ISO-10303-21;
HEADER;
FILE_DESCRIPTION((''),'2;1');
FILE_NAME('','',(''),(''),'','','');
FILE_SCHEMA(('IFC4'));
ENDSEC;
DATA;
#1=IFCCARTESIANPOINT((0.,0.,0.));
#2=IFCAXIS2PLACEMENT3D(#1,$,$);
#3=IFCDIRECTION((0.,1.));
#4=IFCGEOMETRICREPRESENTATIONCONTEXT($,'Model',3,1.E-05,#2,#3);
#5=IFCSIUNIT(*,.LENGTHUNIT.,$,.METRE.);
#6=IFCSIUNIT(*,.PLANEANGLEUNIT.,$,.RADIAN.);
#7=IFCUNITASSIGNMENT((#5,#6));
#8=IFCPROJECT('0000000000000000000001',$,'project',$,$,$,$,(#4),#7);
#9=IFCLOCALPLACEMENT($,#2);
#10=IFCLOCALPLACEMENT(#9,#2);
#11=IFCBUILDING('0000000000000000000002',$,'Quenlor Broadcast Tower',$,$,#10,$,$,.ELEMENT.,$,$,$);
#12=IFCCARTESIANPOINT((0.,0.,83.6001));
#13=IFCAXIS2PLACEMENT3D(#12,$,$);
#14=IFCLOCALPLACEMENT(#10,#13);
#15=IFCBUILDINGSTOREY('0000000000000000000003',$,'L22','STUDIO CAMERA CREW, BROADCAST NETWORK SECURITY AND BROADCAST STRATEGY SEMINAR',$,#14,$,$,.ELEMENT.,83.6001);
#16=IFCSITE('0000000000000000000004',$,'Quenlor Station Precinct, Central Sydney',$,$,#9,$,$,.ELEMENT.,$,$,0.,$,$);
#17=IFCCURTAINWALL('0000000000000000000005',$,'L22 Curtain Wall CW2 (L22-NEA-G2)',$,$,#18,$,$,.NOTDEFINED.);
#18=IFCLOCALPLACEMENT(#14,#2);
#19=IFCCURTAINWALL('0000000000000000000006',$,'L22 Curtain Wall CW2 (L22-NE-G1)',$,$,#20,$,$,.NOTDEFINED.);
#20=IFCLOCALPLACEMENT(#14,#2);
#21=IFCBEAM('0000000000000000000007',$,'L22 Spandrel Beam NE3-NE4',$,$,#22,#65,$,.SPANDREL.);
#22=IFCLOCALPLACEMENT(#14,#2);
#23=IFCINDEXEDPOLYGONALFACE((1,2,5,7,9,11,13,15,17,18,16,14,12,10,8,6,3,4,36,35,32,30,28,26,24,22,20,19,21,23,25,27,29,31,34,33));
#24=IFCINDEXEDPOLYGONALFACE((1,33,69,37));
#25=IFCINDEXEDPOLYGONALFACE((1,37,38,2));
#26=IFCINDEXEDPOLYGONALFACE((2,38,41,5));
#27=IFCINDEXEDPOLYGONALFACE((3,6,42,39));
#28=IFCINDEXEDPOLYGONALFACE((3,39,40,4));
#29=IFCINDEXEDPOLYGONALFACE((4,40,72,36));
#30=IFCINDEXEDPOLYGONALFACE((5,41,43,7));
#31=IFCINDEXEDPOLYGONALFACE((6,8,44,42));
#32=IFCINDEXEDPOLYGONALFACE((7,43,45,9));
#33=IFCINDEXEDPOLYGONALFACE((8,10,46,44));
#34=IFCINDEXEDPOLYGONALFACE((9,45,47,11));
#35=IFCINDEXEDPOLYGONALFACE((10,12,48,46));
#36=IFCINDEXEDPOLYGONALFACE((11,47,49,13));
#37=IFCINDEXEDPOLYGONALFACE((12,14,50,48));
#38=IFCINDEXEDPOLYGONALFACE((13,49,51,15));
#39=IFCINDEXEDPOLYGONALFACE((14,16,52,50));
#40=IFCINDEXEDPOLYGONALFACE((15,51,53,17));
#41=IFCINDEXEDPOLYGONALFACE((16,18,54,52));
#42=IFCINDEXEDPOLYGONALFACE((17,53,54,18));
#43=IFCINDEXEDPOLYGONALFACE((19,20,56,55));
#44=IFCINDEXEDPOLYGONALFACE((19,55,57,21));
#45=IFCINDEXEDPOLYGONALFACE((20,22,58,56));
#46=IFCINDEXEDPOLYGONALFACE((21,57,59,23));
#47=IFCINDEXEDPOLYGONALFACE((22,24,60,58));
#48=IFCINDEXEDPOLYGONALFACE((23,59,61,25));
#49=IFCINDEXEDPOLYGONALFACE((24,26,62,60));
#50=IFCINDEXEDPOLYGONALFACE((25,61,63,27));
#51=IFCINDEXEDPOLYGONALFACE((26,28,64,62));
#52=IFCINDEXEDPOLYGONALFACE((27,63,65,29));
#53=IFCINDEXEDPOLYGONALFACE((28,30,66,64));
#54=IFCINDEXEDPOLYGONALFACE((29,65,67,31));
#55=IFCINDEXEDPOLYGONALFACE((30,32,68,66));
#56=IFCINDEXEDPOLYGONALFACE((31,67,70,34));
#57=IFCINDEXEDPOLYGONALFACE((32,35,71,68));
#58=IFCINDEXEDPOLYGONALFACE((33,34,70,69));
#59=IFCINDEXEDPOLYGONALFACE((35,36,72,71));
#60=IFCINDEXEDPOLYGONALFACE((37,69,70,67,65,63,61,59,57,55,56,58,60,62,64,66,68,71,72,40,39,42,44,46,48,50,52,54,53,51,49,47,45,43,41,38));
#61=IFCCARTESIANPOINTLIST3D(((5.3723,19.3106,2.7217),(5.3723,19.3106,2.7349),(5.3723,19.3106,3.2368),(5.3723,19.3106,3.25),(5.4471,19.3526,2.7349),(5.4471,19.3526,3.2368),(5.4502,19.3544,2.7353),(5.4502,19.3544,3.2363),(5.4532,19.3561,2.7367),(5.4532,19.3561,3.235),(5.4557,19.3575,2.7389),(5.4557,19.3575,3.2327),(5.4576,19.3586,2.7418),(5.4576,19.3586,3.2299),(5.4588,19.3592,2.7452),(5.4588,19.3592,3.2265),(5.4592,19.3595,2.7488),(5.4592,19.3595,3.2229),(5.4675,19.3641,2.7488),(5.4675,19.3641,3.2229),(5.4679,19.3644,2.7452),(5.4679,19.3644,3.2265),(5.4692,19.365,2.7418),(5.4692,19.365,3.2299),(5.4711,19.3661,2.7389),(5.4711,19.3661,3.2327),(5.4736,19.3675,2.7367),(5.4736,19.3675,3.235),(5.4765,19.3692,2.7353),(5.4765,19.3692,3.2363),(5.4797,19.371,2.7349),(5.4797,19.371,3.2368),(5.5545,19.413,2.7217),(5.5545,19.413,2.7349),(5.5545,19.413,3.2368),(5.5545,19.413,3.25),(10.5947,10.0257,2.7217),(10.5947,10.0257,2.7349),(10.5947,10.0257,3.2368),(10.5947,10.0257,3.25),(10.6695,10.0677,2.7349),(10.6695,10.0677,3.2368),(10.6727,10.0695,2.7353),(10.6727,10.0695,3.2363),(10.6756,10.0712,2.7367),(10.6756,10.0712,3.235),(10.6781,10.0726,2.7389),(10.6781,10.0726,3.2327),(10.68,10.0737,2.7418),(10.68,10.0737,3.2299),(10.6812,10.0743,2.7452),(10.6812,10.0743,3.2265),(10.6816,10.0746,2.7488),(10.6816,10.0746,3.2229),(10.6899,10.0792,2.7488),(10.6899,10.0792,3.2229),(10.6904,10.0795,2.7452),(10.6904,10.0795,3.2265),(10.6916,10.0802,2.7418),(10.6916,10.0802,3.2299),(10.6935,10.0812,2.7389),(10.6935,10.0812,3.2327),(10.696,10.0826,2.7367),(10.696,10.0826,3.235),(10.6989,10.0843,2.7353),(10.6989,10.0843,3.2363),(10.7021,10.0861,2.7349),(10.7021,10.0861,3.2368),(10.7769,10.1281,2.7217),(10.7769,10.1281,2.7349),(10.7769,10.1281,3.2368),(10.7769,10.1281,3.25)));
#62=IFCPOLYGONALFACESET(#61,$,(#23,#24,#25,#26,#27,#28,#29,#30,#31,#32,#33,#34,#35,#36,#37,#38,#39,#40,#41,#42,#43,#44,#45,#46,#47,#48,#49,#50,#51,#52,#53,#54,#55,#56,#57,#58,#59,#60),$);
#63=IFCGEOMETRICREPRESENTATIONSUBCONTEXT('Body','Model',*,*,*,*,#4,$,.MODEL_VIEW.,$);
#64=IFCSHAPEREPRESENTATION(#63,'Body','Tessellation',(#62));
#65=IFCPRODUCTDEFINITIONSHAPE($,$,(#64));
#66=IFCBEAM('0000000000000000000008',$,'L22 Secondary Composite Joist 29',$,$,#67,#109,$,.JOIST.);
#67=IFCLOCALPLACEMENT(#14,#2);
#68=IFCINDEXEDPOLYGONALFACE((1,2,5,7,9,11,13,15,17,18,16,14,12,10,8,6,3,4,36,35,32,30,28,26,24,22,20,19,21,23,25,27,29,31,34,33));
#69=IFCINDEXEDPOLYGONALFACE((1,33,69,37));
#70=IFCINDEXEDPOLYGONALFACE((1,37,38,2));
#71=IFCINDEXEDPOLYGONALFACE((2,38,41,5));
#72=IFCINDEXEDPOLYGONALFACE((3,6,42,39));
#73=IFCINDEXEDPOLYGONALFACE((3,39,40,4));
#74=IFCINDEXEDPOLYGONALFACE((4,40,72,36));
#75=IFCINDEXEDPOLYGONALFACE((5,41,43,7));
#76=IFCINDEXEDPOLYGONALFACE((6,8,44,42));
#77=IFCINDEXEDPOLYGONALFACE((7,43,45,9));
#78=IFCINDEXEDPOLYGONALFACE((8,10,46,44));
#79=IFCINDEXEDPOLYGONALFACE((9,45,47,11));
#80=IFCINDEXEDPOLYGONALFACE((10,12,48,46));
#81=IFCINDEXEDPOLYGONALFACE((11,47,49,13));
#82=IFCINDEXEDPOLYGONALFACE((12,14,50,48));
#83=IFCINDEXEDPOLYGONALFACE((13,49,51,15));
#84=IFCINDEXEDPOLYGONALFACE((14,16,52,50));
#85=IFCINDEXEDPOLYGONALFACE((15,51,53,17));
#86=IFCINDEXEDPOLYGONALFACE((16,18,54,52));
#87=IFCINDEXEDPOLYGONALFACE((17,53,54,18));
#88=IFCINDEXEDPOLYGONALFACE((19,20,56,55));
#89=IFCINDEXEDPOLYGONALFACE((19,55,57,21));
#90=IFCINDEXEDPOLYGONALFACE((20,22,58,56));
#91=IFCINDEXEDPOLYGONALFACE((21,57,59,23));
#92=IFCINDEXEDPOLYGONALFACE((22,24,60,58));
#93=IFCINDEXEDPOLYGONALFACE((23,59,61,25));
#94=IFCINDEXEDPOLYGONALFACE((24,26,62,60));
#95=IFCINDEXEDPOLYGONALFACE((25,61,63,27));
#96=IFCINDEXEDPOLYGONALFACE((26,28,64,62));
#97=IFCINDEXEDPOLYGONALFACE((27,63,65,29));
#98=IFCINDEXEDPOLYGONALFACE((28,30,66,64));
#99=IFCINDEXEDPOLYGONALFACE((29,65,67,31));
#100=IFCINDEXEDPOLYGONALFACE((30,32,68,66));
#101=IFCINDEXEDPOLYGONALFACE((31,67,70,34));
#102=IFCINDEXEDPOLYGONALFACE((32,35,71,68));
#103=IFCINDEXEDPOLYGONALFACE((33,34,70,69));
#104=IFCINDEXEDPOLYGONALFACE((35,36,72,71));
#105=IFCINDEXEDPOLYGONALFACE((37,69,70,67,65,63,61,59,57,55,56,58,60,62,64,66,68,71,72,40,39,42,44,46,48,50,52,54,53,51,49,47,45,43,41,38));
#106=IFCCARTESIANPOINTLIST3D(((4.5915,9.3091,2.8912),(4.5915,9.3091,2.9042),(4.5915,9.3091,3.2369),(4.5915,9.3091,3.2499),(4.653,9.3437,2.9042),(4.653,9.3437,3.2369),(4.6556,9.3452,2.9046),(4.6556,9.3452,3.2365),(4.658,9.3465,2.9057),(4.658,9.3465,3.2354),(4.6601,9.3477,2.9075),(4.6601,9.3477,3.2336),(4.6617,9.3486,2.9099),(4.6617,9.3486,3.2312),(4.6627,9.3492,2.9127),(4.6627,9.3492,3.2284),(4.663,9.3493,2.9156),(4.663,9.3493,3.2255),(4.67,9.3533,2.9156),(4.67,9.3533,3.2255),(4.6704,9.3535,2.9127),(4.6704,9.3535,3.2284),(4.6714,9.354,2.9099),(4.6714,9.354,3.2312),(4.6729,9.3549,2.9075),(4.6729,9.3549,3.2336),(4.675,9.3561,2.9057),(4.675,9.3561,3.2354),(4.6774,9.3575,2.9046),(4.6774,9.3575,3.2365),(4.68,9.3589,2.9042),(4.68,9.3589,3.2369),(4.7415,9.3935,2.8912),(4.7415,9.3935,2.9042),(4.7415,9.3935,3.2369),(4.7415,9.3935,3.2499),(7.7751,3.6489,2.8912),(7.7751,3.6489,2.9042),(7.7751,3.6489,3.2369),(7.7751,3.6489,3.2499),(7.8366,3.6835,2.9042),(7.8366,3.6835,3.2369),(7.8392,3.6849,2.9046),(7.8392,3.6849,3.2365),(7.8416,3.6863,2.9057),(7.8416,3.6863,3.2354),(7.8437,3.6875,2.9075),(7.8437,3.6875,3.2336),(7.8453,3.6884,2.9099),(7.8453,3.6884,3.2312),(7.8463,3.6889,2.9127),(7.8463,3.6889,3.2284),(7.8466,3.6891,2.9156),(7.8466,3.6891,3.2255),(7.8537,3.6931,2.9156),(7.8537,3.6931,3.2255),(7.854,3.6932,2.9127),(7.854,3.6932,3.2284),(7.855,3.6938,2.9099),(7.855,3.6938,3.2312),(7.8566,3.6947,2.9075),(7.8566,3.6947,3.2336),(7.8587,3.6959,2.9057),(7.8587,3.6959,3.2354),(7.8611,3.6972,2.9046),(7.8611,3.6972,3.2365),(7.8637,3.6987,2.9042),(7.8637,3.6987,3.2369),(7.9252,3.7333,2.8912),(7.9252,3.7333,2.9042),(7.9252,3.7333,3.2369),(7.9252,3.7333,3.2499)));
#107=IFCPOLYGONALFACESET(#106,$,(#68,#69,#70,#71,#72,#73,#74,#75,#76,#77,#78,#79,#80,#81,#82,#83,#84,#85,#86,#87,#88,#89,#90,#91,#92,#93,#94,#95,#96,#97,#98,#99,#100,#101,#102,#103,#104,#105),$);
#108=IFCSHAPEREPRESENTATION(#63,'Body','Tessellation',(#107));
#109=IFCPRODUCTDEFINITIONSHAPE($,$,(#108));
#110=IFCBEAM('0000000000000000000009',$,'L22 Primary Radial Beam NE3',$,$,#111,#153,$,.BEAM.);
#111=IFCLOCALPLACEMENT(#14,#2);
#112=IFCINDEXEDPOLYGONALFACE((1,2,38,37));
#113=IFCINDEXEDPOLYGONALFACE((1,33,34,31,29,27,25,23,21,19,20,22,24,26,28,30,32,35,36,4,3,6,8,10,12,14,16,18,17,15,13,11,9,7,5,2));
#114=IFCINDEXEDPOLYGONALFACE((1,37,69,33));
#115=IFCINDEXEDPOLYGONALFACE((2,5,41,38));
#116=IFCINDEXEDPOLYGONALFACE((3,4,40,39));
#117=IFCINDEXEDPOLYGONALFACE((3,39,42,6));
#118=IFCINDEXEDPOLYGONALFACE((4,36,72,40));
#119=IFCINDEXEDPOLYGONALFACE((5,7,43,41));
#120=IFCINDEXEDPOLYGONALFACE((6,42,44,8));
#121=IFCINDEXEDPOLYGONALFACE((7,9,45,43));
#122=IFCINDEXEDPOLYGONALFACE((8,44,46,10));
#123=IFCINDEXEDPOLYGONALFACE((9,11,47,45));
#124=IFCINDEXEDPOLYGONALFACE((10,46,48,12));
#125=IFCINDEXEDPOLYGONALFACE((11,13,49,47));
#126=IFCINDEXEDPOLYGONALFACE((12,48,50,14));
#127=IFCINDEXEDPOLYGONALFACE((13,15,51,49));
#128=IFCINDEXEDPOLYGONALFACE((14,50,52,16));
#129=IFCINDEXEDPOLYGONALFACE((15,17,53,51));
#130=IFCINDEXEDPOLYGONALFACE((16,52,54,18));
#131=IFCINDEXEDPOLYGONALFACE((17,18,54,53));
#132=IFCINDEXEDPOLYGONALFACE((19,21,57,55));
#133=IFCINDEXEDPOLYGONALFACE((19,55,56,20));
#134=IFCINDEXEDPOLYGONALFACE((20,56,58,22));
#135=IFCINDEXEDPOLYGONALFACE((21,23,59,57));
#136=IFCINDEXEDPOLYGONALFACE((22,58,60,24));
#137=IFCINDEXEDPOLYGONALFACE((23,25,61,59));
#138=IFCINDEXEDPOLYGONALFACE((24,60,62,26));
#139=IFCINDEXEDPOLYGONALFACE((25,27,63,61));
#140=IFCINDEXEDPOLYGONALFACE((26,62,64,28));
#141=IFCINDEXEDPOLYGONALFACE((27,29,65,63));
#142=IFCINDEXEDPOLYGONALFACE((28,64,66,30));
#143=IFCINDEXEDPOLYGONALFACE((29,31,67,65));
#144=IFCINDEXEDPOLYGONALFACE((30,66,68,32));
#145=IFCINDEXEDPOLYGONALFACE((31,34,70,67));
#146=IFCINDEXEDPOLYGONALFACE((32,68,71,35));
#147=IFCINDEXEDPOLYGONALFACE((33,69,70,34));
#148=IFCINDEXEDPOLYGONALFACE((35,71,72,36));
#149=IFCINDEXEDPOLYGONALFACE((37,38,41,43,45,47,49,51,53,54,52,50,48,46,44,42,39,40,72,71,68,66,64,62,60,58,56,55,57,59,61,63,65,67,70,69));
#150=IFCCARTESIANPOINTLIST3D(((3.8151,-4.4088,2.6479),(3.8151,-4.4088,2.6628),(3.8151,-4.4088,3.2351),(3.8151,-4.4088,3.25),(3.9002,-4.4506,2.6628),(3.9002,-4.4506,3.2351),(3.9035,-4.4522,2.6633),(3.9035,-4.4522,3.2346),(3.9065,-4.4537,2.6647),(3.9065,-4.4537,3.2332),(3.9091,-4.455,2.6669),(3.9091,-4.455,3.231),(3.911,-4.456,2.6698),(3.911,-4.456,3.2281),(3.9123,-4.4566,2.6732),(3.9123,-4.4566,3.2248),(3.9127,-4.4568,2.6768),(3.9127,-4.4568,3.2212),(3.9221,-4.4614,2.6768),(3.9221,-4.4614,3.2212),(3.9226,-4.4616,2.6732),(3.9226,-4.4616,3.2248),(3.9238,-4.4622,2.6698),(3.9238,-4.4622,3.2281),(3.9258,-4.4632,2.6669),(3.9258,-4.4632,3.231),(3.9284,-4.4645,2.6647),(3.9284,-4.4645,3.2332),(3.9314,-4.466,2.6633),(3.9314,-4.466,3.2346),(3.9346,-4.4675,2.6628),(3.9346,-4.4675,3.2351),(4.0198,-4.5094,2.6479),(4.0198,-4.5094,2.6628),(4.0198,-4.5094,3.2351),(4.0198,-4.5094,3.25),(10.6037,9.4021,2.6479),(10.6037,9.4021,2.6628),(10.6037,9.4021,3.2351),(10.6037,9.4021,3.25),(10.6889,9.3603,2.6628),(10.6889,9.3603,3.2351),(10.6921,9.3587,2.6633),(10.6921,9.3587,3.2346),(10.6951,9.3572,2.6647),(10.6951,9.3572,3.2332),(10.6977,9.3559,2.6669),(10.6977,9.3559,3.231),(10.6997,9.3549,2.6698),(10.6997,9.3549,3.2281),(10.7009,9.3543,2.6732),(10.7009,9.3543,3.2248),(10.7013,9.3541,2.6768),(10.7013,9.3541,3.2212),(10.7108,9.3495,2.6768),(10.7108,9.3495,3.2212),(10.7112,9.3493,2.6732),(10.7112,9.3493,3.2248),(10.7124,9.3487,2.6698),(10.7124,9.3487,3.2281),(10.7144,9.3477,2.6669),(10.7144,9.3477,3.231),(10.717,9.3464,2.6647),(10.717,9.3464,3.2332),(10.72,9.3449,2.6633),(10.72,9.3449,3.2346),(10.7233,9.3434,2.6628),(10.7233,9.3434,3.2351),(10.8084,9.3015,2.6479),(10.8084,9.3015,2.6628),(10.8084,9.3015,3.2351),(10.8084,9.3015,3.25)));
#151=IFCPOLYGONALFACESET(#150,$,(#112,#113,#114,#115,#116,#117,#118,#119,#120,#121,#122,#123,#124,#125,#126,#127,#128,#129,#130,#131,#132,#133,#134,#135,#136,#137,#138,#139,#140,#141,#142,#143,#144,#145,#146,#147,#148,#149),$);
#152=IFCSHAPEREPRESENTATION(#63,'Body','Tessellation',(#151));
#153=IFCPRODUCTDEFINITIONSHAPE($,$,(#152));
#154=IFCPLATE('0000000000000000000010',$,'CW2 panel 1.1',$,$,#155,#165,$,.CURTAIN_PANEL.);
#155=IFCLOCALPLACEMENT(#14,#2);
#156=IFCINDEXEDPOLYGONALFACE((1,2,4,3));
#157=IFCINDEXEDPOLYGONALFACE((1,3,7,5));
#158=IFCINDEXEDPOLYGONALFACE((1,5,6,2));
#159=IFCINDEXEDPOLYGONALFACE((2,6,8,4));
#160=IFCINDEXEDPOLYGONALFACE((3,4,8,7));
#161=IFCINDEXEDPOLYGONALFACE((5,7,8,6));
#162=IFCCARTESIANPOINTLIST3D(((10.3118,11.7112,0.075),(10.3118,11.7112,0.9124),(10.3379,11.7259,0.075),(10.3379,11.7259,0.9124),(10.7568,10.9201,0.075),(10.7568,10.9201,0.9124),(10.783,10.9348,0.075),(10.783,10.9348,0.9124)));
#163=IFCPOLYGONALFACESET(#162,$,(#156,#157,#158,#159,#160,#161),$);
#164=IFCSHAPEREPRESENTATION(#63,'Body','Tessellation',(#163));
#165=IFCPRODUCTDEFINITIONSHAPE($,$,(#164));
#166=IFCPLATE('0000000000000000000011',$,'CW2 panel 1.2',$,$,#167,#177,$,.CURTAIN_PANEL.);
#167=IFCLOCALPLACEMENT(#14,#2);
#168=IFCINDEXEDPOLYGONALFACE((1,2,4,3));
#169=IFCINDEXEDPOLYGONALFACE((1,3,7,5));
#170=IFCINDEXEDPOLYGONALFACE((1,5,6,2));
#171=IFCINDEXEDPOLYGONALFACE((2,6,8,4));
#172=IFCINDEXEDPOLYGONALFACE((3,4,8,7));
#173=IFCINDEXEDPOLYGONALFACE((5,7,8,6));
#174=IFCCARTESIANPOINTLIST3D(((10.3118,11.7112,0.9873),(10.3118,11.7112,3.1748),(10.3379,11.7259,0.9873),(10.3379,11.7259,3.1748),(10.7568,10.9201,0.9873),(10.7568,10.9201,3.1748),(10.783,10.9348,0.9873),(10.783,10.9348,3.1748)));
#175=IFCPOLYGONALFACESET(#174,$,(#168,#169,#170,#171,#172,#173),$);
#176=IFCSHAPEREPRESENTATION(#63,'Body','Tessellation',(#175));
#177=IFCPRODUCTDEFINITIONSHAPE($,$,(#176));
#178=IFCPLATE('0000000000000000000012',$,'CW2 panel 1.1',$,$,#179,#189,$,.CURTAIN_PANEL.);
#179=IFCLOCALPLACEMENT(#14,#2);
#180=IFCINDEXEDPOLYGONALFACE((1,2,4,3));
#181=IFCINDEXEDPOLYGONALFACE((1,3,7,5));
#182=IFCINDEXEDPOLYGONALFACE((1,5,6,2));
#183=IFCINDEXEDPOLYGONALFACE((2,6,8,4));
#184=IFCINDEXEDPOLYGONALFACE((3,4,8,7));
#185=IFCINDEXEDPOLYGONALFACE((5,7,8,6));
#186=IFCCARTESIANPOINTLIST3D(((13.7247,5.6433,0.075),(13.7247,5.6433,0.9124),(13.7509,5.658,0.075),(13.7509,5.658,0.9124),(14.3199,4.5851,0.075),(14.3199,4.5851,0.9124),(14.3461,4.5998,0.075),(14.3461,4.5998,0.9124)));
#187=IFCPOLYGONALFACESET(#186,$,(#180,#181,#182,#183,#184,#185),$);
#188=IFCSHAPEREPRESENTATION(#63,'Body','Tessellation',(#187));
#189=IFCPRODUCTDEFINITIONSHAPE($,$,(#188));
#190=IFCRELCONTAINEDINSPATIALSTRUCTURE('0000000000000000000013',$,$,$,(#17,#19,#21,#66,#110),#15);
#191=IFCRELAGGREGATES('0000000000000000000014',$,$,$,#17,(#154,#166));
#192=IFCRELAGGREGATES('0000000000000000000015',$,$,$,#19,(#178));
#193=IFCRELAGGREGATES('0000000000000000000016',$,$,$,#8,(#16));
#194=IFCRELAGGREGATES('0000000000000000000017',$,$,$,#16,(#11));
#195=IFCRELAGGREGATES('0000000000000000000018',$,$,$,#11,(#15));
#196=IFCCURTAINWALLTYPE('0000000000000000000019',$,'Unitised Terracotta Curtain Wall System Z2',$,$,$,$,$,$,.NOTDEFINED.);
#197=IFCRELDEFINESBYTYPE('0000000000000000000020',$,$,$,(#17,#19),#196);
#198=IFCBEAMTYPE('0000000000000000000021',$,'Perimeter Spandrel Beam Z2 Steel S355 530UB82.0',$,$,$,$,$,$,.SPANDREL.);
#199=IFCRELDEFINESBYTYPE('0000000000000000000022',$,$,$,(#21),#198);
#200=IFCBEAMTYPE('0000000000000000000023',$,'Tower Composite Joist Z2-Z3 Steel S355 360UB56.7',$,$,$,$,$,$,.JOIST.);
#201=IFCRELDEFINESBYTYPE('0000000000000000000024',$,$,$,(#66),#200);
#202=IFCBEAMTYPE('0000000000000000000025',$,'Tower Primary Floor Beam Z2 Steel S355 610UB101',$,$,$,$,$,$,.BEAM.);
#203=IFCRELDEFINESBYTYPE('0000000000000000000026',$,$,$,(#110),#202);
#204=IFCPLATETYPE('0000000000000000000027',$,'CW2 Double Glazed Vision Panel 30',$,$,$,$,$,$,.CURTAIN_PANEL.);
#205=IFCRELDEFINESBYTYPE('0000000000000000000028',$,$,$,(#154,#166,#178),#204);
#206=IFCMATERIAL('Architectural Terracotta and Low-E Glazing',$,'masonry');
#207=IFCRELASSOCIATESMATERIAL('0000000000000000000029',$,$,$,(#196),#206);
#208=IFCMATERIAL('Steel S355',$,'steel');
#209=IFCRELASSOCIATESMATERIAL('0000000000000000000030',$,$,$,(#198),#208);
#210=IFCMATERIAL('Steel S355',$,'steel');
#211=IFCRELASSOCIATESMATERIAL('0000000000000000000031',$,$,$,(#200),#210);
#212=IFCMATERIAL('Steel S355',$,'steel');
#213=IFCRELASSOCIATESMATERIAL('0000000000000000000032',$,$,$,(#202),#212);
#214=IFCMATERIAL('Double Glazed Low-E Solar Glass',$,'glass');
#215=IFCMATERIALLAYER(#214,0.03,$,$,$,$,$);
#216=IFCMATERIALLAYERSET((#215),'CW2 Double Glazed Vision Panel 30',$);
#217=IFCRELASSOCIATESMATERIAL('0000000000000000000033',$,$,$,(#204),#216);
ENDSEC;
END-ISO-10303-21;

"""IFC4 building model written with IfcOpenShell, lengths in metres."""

from ifc_helpers import new_model, si_unit, direction, frame, origin, origin_2d, place, context, subcontext, project, spatial, rectangle, i_section, extrude, material, layer, layer_set, material_profile, profile_set, type_object, element, aggregate, save


model = new_model("IFC4")

# Units and contexts
model_context = context("Model", 3, precision=1e-05, world=origin(), true_north=direction((0.0, 1.0)))
body_context = subcontext(model_context, "Body", "Model", "MODEL_VIEW")
ifc_project = project(units=[si_unit("LENGTHUNIT", "METRE"), si_unit("PLANEANGLEUNIT", "RADIAN")], contexts=[model_context])

# Site, building, storey
site_placement = place(None, origin())
site = spatial("IfcSite", under=ifc_project, at=site_placement, Name="Quenlor Station Precinct, Central Sydney", CompositionType="ELEMENT", RefElevation=0.0)
building_placement = place(site_placement, origin())
building = spatial("IfcBuilding", under=site, at=building_placement, Name="Quenlor Broadcast Tower", CompositionType="ELEMENT")
storey_placement = place(building_placement, frame((0.0, 0.0, 83.6001)))
storey = spatial("IfcBuildingStorey", under=building, at=storey_placement, Name="L22", Description="STUDIO CAMERA CREW, BROADCAST NETWORK SECURITY AND BROADCAST STRATEGY SEMINAR", CompositionType="ELEMENT", Elevation=83.6001)

# Curtain wall
ifc_material_1 = material(Name="Architectural Terracotta and Low-E Glazing", Category="masonry")
curtain_wall_type = type_object("IfcCurtainWallType", Name="Unitised Terracotta Curtain Wall System Z2", PredefinedType="NOTDEFINED", material=ifc_material_1)
curtain_wall_1_placement = place(storey_placement, origin())
curtain_wall_1 = element("IfcCurtainWall", 1, at=curtain_wall_1_placement, inside=storey, type_object=curtain_wall_type, Name="L22 Curtain Wall CW2 (L22-NEA-G2)", PredefinedType="NOTDEFINED")

# Curtain wall
curtain_wall_2_placement = place(storey_placement, origin())
curtain_wall_2 = element("IfcCurtainWall", 2, at=curtain_wall_2_placement, inside=storey, type_object=curtain_wall_type, Name="L22 Curtain Wall CW2 (L22-NE-G1)", PredefinedType="NOTDEFINED")

# Beams
ifc_material_2 = material(Name="Steel S355", Category="steel")
ifc_material_profile_1 = material_profile(ifc_material_2, i_section(OverallWidth=0.209, OverallDepth=0.5283, WebThickness=0.0095, FlangeThickness=0.0132, FilletRadius=0.0139, at=origin_2d()))
ifc_profile_set_1 = profile_set([ifc_material_profile_1], Name="Steel S355 530UB82.0")
beam_type_1 = type_object("IfcBeamType", Name="Perimeter Spandrel Beam Z2 Steel S355 530UB82.0", PredefinedType="SPANDREL", material=ifc_profile_set_1)
beam_1_placement = place(storey_placement, frame((10.6858, 10.0769, 2.9858), z_axis=(-0.490236, 0.87159, 0.0), x_axis=(-0.87159, -0.490236, 0.0)))
element("IfcBeam", 3, at=beam_1_placement, inside=storey, type_object=beam_type_1, Name="L22 Spandrel Beam NE3-NE4", PredefinedType="SPANDREL", context=body_context, shape_type="SweptSolid", body=[
    extrude(i_section(OverallWidth=0.209, OverallDepth=0.5283, WebThickness=0.0095, FlangeThickness=0.0132, FilletRadius=0.0139, at=origin_2d()), origin(), (0.0, 0.0, 1.0), 10.6528),
])
ifc_material_3 = material(Name="Steel S355", Category="steel")
ifc_material_profile_2 = material_profile(ifc_material_3, i_section(OverallWidth=0.1721, OverallDepth=0.3586, WebThickness=0.0081, FlangeThickness=0.0129, FilletRadius=0.0115, at=origin_2d()))
ifc_profile_set_2 = profile_set([ifc_material_profile_2], Name="Steel S355 360UB56.7")
beam_type_2 = type_object("IfcBeamType", Name="Tower Composite Joist Z2-Z3 Steel S355 360UB56.7", PredefinedType="JOIST", material=ifc_profile_set_2)
beam_2_placement = place(storey_placement, frame((4.6665, 9.3513, 3.0706), z_axis=(0.490233, -0.871592, 0.0), x_axis=(0.871592, 0.490233, 0.0)))
element("IfcBeam", 4, at=beam_2_placement, inside=storey, type_object=beam_type_2, Name="L22 Secondary Composite Joist 29", PredefinedType="JOIST", context=body_context, shape_type="SweptSolid", body=[
    extrude(i_section(OverallWidth=0.1721, OverallDepth=0.3586, WebThickness=0.0081, FlangeThickness=0.0129, FilletRadius=0.0115, at=origin_2d()), origin(), (0.0, 0.0, 1.0), 6.4941),
])
ifc_material_4 = material(Name="Steel S355", Category="steel")
ifc_material_profile_3 = material_profile(ifc_material_4, i_section(OverallWidth=0.228, OverallDepth=0.6021, WebThickness=0.0105, FlangeThickness=0.0149, FilletRadius=0.0139, at=origin_2d()))
ifc_profile_set_3 = profile_set([ifc_material_profile_3], Name="Steel S355 610UB101")
beam_type_3 = type_object("IfcBeamType", Name="Tower Primary Floor Beam Z2 Steel S355 610UB101", PredefinedType="BEAM", material=ifc_profile_set_3)
beam_3_placement = place(storey_placement, frame((10.7061, 9.3518, 2.949), z_axis=(-0.44113, -0.897443, 0.0), x_axis=(0.897443, -0.44113, 0.0)))
element("IfcBeam", 5, at=beam_3_placement, inside=storey, type_object=beam_type_3, Name="L22 Primary Radial Beam NE3", PredefinedType="BEAM", context=body_context, shape_type="SweptSolid", body=[
    extrude(i_section(OverallWidth=0.228, OverallDepth=0.6021, WebThickness=0.0105, FlangeThickness=0.0149, FilletRadius=0.0139, at=origin_2d()), origin(), (0.0, 0.0, 1.0), 15.3892),
])

# Plates
ifc_material_5 = material(Name="Double Glazed Low-E Solar Glass", Category="glass")
ifc_layer_1 = layer(ifc_material_5, 0.03)
ifc_layer_set_1 = layer_set([ifc_layer_1], Name="CW2 Double Glazed Vision Panel 30")
plate_type_1 = type_object("IfcPlateType", Name="CW2 Double Glazed Vision Panel 30", PredefinedType="CURTAIN_PANEL", material=ifc_layer_set_1)
plate_1_placement = place(storey_placement, frame((10.5474, 11.323, 0.075), z_axis=(0.0, 0.0, 1.0), x_axis=(0.490252, -0.871581, 0.0)))
plate_1 = element("IfcPlate", 6, at=plate_1_placement, type_object=plate_type_1, Name="CW2 panel 1.1", PredefinedType="CURTAIN_PANEL", context=body_context, shape_type="SweptSolid", body=[
    extrude(rectangle(XDim=0.9077, YDim=0.03, at=origin_2d()), origin(), (0.0, 0.0, 1.0), 0.8374),
])
plate_2_placement = place(storey_placement, frame((10.5474, 11.323, 0.9873), z_axis=(0.0, 0.0, 1.0), x_axis=(0.490252, -0.871581, 0.0)))
plate_2 = element("IfcPlate", 7, at=plate_2_placement, type_object=plate_type_1, Name="CW2 panel 1.2", PredefinedType="CURTAIN_PANEL", context=body_context, shape_type="SweptSolid", body=[
    extrude(rectangle(XDim=0.9077, YDim=0.03, at=origin_2d()), origin(), (0.0, 0.0, 1.0), 2.1875),
])
aggregate(curtain_wall_1, [plate_1, plate_2])
plate_3_placement = place(storey_placement, frame((14.0354, 5.1216, 0.075), z_axis=(0.0, 0.0, 1.0), x_axis=(0.490254, -0.871579, 0.0)))
plate_3 = element("IfcPlate", 8, at=plate_3_placement, type_object=plate_type_1, Name="CW2 panel 1.1", PredefinedType="CURTAIN_PANEL", context=body_context, shape_type="SweptSolid", body=[
    extrude(rectangle(XDim=1.2141, YDim=0.03, at=origin_2d()), origin(), (0.0, 0.0, 1.0), 0.8374),
])
aggregate(curtain_wall_2, [plate_3])

save(model, "model.ifc")
